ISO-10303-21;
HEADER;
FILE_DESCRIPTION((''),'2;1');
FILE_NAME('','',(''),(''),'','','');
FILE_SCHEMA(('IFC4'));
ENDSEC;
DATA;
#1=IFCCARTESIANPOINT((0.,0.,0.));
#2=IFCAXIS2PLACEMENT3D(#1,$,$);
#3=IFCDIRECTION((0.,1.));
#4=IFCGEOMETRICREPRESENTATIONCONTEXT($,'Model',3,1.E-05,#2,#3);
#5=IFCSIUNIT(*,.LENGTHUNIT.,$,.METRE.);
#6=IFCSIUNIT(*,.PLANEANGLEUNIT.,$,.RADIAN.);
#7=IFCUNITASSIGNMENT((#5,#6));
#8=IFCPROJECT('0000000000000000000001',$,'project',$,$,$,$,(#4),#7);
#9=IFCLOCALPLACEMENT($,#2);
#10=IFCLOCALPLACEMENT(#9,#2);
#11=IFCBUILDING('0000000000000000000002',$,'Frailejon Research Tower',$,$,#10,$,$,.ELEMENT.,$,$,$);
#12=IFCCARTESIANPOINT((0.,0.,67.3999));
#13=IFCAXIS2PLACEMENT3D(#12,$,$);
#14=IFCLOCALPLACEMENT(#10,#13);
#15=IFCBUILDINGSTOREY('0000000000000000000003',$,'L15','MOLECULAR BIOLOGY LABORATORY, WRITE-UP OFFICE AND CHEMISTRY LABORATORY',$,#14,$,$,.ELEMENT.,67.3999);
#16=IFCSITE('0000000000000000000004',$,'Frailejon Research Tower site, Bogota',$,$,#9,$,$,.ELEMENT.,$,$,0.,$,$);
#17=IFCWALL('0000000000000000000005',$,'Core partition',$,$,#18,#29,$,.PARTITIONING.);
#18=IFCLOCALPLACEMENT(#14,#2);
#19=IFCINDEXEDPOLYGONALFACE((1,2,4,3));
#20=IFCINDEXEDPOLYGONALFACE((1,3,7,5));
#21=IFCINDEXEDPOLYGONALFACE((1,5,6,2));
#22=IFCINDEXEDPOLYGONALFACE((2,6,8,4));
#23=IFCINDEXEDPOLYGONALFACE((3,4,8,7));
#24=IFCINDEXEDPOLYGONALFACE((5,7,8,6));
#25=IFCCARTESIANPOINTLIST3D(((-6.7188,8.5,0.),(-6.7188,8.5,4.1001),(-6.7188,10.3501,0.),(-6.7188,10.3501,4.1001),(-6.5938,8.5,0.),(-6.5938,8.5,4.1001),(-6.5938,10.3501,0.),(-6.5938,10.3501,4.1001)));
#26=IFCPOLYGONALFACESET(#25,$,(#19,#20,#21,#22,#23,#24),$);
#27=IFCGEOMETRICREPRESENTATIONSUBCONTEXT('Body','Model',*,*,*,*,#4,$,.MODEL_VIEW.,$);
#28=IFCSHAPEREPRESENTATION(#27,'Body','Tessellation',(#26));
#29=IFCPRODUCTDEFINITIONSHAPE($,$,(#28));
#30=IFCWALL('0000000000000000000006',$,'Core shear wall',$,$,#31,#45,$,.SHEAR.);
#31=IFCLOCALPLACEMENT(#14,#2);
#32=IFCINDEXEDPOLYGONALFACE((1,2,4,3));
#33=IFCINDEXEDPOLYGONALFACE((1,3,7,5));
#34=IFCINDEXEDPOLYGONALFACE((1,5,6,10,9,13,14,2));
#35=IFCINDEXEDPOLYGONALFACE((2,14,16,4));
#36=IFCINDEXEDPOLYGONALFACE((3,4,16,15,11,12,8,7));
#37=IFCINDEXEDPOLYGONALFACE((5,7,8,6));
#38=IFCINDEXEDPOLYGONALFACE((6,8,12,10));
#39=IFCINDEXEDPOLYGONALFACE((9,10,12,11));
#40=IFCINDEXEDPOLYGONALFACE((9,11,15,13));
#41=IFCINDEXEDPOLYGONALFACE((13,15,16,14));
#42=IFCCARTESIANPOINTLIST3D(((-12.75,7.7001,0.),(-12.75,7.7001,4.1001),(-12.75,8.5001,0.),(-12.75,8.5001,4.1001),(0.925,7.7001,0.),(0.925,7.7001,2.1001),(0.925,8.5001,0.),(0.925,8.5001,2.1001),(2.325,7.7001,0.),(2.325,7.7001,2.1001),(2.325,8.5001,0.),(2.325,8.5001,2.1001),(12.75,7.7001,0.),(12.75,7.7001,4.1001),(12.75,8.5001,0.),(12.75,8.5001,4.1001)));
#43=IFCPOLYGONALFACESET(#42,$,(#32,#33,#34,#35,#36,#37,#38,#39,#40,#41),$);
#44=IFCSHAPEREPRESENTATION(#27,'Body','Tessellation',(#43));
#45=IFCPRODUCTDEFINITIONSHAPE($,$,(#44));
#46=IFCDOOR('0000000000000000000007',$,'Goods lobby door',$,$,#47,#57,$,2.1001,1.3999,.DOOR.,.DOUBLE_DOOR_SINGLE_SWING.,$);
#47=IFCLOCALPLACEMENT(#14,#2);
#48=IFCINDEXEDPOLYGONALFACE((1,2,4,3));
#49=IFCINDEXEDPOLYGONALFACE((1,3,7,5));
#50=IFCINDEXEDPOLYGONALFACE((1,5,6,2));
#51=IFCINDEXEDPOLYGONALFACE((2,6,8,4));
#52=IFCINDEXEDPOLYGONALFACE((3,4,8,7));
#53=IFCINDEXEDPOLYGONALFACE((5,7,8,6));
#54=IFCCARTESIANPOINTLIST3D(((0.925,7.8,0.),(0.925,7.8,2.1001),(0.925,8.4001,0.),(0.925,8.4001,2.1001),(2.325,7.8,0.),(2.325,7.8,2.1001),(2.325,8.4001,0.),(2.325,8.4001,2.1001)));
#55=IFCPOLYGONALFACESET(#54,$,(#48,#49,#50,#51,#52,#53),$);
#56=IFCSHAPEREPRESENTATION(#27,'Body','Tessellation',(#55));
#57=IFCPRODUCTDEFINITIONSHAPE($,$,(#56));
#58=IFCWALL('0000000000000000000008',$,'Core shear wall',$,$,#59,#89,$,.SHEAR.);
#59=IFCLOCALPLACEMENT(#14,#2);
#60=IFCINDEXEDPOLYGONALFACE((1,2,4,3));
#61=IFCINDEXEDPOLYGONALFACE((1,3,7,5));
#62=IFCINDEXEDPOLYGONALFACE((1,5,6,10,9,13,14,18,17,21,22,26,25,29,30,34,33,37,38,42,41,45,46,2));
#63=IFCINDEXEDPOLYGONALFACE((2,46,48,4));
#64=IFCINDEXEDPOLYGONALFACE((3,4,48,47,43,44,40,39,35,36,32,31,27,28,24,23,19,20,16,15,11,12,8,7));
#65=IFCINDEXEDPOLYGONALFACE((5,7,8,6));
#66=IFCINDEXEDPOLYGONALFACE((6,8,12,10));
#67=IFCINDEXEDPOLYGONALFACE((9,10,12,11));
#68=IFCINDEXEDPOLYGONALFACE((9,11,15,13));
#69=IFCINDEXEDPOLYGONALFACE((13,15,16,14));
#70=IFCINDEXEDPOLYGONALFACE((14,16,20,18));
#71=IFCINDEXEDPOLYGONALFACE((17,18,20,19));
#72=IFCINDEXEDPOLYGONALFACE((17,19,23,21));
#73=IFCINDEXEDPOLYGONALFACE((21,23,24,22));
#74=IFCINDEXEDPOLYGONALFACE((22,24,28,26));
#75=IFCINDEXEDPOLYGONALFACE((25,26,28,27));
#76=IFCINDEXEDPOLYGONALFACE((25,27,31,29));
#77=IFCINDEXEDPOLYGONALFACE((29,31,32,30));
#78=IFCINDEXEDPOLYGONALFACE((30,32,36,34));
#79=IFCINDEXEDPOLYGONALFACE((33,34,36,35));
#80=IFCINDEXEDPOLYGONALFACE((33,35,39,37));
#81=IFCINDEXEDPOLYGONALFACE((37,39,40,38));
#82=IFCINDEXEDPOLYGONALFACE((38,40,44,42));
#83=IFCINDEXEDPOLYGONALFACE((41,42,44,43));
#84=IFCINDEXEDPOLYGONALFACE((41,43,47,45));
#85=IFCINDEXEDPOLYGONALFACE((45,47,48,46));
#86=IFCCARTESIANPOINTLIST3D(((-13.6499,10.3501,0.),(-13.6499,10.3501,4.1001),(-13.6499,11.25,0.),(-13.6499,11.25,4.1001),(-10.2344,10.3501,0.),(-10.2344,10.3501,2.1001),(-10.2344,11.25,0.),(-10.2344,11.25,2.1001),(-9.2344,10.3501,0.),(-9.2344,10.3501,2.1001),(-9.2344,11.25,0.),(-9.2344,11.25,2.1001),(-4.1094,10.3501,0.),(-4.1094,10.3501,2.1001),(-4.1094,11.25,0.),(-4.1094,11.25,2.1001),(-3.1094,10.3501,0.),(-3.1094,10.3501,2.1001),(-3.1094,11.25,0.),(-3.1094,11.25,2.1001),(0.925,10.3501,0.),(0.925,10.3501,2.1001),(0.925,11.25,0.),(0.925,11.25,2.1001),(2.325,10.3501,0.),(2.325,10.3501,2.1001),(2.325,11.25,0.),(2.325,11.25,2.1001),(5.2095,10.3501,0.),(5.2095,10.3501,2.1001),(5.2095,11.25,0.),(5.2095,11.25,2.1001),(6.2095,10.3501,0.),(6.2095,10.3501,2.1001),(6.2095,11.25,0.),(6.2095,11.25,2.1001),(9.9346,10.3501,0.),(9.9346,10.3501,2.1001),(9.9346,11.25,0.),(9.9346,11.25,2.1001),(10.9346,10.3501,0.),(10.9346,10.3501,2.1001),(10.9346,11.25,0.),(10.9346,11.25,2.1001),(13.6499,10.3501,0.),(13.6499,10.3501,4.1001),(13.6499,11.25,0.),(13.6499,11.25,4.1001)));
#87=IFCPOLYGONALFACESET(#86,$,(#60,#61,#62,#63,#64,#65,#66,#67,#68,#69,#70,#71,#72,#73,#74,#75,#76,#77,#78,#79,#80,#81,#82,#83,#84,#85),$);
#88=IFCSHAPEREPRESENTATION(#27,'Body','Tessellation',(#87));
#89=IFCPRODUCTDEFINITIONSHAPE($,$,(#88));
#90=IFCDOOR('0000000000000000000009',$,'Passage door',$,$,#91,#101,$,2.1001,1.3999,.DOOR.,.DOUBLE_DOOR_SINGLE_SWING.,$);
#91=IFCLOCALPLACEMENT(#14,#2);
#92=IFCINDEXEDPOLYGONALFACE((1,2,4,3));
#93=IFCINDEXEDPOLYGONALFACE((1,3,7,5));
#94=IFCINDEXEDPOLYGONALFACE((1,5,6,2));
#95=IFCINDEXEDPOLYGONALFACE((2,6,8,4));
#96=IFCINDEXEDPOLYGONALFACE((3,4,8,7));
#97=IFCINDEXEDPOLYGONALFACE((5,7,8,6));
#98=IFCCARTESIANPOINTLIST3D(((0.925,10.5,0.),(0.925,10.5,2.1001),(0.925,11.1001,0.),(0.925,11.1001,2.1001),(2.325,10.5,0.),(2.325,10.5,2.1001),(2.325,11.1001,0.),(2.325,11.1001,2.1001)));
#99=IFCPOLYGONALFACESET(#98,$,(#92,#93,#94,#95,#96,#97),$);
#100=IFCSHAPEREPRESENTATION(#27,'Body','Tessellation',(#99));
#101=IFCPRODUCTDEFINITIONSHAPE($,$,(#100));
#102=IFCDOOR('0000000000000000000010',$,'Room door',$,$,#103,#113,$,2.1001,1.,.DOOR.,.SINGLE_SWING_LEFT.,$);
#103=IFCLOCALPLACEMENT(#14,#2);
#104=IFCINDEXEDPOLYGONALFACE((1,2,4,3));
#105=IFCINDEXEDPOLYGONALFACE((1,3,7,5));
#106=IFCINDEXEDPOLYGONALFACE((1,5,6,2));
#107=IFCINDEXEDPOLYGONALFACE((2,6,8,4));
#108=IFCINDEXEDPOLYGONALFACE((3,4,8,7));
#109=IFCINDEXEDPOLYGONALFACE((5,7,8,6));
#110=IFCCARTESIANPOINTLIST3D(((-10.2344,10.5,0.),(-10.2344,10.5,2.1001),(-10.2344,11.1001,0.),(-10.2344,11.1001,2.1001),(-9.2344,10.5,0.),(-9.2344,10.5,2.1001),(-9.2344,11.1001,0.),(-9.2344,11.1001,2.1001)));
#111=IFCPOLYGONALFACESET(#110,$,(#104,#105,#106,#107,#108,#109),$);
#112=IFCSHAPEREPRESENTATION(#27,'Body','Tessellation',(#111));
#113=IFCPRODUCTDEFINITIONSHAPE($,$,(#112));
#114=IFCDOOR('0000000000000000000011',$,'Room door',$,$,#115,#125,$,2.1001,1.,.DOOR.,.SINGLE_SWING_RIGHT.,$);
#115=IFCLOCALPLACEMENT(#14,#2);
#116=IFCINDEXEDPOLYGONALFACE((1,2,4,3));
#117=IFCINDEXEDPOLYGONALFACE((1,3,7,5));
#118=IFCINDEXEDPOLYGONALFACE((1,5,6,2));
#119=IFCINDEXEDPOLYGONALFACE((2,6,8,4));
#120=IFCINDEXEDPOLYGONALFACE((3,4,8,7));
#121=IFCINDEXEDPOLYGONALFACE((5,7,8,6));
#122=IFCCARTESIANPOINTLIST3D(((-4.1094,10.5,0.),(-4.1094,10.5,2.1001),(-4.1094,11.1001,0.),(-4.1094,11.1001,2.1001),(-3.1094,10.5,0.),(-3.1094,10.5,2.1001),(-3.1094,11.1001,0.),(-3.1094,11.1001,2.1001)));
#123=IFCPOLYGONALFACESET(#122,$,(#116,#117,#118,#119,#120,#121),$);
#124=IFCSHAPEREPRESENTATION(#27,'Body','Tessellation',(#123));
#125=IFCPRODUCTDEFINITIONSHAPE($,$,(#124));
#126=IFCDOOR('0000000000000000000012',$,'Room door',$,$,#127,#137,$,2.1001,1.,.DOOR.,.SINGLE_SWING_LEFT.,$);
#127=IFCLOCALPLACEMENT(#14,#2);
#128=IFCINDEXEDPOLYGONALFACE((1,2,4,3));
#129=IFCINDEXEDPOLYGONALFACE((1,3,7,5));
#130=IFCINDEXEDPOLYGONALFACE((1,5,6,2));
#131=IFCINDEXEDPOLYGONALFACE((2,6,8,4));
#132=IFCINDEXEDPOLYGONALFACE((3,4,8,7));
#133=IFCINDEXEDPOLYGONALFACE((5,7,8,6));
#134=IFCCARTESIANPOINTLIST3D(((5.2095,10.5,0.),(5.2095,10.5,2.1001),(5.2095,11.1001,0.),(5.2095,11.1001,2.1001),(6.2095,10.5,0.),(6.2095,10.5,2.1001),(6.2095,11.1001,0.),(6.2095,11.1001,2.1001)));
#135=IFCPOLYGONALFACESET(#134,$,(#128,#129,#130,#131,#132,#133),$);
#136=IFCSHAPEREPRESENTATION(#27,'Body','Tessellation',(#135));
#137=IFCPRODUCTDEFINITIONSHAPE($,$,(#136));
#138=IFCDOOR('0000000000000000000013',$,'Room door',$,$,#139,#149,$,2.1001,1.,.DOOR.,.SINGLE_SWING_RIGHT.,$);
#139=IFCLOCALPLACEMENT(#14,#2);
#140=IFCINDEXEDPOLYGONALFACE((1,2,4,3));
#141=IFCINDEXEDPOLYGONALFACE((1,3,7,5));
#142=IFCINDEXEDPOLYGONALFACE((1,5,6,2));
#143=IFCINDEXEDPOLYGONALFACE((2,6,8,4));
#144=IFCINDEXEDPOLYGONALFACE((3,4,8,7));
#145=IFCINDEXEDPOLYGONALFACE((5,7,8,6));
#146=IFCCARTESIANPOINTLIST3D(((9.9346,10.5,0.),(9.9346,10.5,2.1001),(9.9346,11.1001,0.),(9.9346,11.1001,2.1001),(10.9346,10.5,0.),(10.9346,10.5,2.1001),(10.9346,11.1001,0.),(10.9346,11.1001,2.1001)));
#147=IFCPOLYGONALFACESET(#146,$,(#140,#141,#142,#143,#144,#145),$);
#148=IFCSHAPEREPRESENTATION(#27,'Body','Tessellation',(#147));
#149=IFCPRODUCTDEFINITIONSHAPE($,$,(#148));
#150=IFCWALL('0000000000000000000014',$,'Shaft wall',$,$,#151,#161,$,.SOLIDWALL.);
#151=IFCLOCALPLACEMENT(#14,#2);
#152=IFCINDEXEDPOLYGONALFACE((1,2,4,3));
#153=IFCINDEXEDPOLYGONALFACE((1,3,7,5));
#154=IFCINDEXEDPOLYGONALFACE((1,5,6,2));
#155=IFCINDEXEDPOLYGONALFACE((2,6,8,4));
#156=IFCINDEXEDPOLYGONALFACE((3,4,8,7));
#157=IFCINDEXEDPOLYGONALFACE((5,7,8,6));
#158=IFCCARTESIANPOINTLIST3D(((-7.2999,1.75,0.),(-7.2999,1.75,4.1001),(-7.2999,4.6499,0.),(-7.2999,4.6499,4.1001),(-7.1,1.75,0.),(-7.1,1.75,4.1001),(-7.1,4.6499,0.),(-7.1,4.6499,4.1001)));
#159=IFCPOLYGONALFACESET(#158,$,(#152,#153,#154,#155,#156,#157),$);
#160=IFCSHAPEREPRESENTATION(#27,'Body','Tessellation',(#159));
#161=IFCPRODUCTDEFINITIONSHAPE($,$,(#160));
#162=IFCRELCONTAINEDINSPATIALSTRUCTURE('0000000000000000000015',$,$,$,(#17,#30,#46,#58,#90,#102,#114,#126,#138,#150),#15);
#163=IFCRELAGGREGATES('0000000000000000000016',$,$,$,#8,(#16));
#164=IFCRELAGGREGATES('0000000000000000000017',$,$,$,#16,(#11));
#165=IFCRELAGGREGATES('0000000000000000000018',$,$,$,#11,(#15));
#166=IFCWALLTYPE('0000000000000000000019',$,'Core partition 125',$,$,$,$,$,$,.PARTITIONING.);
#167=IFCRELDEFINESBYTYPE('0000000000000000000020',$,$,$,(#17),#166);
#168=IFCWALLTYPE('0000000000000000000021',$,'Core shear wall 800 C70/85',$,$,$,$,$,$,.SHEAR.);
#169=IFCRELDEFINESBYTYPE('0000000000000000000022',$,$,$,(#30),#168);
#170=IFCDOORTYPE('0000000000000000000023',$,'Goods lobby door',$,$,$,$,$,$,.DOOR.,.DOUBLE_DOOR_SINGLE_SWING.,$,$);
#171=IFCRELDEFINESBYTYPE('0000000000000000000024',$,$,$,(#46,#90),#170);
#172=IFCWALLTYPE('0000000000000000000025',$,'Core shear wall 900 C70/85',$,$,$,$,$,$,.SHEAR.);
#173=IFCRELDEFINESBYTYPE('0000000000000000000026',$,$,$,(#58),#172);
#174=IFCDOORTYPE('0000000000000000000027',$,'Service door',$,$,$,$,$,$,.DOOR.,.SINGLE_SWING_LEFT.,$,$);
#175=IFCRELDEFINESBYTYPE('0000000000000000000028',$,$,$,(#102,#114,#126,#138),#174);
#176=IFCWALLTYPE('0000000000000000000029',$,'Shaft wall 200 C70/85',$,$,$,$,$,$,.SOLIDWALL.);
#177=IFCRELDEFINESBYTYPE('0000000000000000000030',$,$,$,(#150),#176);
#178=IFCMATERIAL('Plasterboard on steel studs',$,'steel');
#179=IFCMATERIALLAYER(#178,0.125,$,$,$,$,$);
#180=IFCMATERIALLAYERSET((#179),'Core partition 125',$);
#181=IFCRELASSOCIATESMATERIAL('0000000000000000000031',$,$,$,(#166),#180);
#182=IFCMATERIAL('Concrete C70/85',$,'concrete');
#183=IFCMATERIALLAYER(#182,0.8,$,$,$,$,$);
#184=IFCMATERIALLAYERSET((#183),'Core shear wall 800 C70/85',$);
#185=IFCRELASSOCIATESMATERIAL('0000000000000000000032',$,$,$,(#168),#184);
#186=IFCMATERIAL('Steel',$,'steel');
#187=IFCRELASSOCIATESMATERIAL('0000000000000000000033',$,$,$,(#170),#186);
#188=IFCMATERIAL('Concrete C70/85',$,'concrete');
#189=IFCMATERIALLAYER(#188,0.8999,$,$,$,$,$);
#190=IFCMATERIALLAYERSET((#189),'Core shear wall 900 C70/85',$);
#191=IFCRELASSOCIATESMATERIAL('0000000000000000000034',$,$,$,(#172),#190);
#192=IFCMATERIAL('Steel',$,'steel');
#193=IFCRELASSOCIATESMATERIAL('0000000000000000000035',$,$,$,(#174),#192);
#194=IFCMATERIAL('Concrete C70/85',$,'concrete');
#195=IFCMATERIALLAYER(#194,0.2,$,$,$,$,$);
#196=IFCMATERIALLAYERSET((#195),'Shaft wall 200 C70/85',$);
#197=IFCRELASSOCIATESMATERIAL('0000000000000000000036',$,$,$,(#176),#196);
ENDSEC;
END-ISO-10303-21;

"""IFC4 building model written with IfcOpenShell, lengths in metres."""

from ifc_helpers import new_model, si_unit, direction, frame, frame_2d, origin, place, context, subcontext, project, spatial, rectangle, extrude, material, layer, layer_set, type_object, element, fill, save


model = new_model("IFC4")

# Units and contexts
model_context = context("Model", 3, precision=1e-05, world=origin(), true_north=direction((0.0, 1.0)))
body_context = subcontext(model_context, "Body", "Model", "MODEL_VIEW")
ifc_project = project(units=[si_unit("LENGTHUNIT", "METRE"), si_unit("PLANEANGLEUNIT", "RADIAN")], contexts=[model_context])

# Site, building, storey
site_placement = place(None, origin())
site = spatial("IfcSite", under=ifc_project, at=site_placement, Name="Frailejon Research Tower site, Bogota", CompositionType="ELEMENT", RefElevation=0.0)
building_placement = place(site_placement, origin())
building = spatial("IfcBuilding", under=site, at=building_placement, Name="Frailejon Research Tower", CompositionType="ELEMENT")
storey_placement = place(building_placement, frame((0.0, 0.0, 67.3999)))
storey = spatial("IfcBuildingStorey", under=building, at=storey_placement, Name="L15", Description="MOLECULAR BIOLOGY LABORATORY, WRITE-UP OFFICE AND CHEMISTRY LABORATORY", CompositionType="ELEMENT", Elevation=67.3999)

# Wall
ifc_material_1 = material(Name="Plasterboard on steel studs", Category="steel")
ifc_layer_1 = layer(ifc_material_1, 0.125)
ifc_layer_set_1 = layer_set([ifc_layer_1], Name="Core partition 125")
wall_type_1 = type_object("IfcWallType", Name="Core partition 125", PredefinedType="PARTITIONING", material=ifc_layer_set_1)
wall_1_placement = place(storey_placement, frame((-6.6562, 8.5, 0.0), z_axis=(0.0, 0.0, 1.0), x_axis=(0.0, 1.0, 0.0)))
element("IfcWall", 1, at=wall_1_placement, inside=storey, type_object=wall_type_1, Name="Core partition", PredefinedType="PARTITIONING", context=body_context, shape_type="SweptSolid", body=[
    extrude(rectangle(XDim=1.8501, YDim=0.125, at=frame_2d((0.925, 0.0))), origin(), (0.0, 0.0, 1.0), 4.1001),
])

# Wall, opening, door
ifc_material_2 = material(Name="Concrete C70/85", Category="concrete")
ifc_layer_2 = layer(ifc_material_2, 0.8)
ifc_layer_set_2 = layer_set([ifc_layer_2], Name="Core shear wall 800 C70/85")
wall_type_2 = type_object("IfcWallType", Name="Core shear wall 800 C70/85", PredefinedType="SHEAR", material=ifc_layer_set_2)
wall_2_placement = place(storey_placement, frame((-12.75, 8.1001, 0.0), z_axis=(0.0, 0.0, 1.0), x_axis=(1.0, 0.0, 0.0)))
wall_2 = element("IfcWall", 2, at=wall_2_placement, inside=storey, type_object=wall_type_2, Name="Core shear wall", PredefinedType="SHEAR", context=body_context, shape_type="SweptSolid", body=[
    extrude(rectangle(XDim=25.5, YDim=0.8, at=frame_2d((12.75, 0.0))), origin(), (0.0, 0.0, 1.0), 4.1001),
])
opening_1_placement = place(wall_2_placement, frame((13.675, 0.0, 0.0)))
opening_1 = element("IfcOpeningElement", 3, at=opening_1_placement, cuts=wall_2, PredefinedType="OPENING", context=body_context, shape_type="SweptSolid", body=[
    extrude(rectangle(XDim=1.3999, YDim=2.1001, at=frame_2d((0.7, 1.05))), frame((0.0, 0.4099, 0.0), z_axis=(0.0, -1.0, 0.0), x_axis=(1.0, 0.0, 0.0)), (0.0, 0.0, 1.0), 0.8201),
])
ifc_material_3 = material(Name="Steel", Category="steel")
door_type_1 = type_object("IfcDoorType", Name="Goods lobby door", OperationType="DOUBLE_DOOR_SINGLE_SWING", PredefinedType="DOOR", material=ifc_material_3)
door_1_placement = place(opening_1_placement, origin())
door_1 = element("IfcDoor", 4, at=door_1_placement, inside=storey, type_object=door_type_1, Name="Goods lobby door", OperationType="DOUBLE_DOOR_SINGLE_SWING", OverallHeight=2.1001, OverallWidth=1.3999, PredefinedType="DOOR", context=body_context, shape_type="SweptSolid", body=[
    extrude(rectangle(XDim=1.3999, YDim=2.1001, at=frame_2d((0.7, 1.05))), frame((0.0, 0.3, 0.0), z_axis=(0.0, -1.0, 0.0), x_axis=(1.0, 0.0, 0.0)), (0.0, 0.0, 1.0), 0.6001),
])
fill(opening_1, door_1)

# Wall, openings, doors
ifc_material_4 = material(Name="Concrete C70/85", Category="concrete")
ifc_layer_3 = layer(ifc_material_4, 0.8999)
ifc_layer_set_3 = layer_set([ifc_layer_3], Name="Core shear wall 900 C70/85")
wall_type_3 = type_object("IfcWallType", Name="Core shear wall 900 C70/85", PredefinedType="SHEAR", material=ifc_layer_set_3)
wall_3_placement = place(storey_placement, frame((-13.6499, 10.8, 0.0), z_axis=(0.0, 0.0, 1.0), x_axis=(1.0, 0.0, 0.0)))
wall_3 = element("IfcWall", 5, at=wall_3_placement, inside=storey, type_object=wall_type_3, Name="Core shear wall", PredefinedType="SHEAR", context=body_context, shape_type="SweptSolid", body=[
    extrude(rectangle(XDim=27.2998, YDim=0.8999, at=frame_2d((13.6499, 0.0))), origin(), (0.0, 0.0, 1.0), 4.1001),
])
opening_2_placement = place(wall_3_placement, frame((3.4155, 0.0, 0.0)))
opening_2 = element("IfcOpeningElement", 6, at=opening_2_placement, cuts=wall_3, PredefinedType="OPENING", context=body_context, shape_type="SweptSolid", body=[
    extrude(rectangle(XDim=1.0, YDim=2.1001, at=frame_2d((0.5, 1.05))), frame((0.0, 0.46, 0.0), z_axis=(0.0, -1.0, 0.0), x_axis=(1.0, 0.0, 0.0)), (0.0, 0.0, 1.0), 0.9199),
])
opening_3_placement = place(wall_3_placement, frame((9.5405, 0.0, 0.0)))
opening_3 = element("IfcOpeningElement", 7, at=opening_3_placement, cuts=wall_3, PredefinedType="OPENING", context=body_context, shape_type="SweptSolid", body=[
    extrude(rectangle(XDim=1.0, YDim=2.1001, at=frame_2d((0.5, 1.05))), frame((0.0, 0.46, 0.0), z_axis=(0.0, -1.0, 0.0), x_axis=(1.0, 0.0, 0.0)), (0.0, 0.0, 1.0), 0.9199),
])
opening_4_placement = place(wall_3_placement, frame((18.8594, 0.0, 0.0)))
opening_4 = element("IfcOpeningElement", 8, at=opening_4_placement, cuts=wall_3, PredefinedType="OPENING", context=body_context, shape_type="SweptSolid", body=[
    extrude(rectangle(XDim=1.0, YDim=2.1001, at=frame_2d((0.5, 1.05))), frame((0.0, 0.46, 0.0), z_axis=(0.0, -1.0, 0.0), x_axis=(1.0, 0.0, 0.0)), (0.0, 0.0, 1.0), 0.9199),
])
opening_5_placement = place(wall_3_placement, frame((23.5845, 0.0, 0.0)))
opening_5 = element("IfcOpeningElement", 9, at=opening_5_placement, cuts=wall_3, PredefinedType="OPENING", context=body_context, shape_type="SweptSolid", body=[
    extrude(rectangle(XDim=1.0, YDim=2.1001, at=frame_2d((0.5, 1.05))), frame((0.0, 0.46, 0.0), z_axis=(0.0, -1.0, 0.0), x_axis=(1.0, 0.0, 0.0)), (0.0, 0.0, 1.0), 0.9199),
])
opening_6_placement = place(wall_3_placement, frame((14.575, 0.0, 0.0)))
opening_6 = element("IfcOpeningElement", 10, at=opening_6_placement, cuts=wall_3, PredefinedType="OPENING", context=body_context, shape_type="SweptSolid", body=[
    extrude(rectangle(XDim=1.3999, YDim=2.1001, at=frame_2d((0.7, 1.05))), frame((0.0, 0.46, 0.0), z_axis=(0.0, -1.0, 0.0), x_axis=(1.0, 0.0, 0.0)), (0.0, 0.0, 1.0), 0.9199),
])
door_2_placement = place(opening_6_placement, origin())
door_2 = element("IfcDoor", 11, at=door_2_placement, inside=storey, type_object=door_type_1, Name="Passage door", OperationType="DOUBLE_DOOR_SINGLE_SWING", OverallHeight=2.1001, OverallWidth=1.3999, PredefinedType="DOOR", context=body_context, shape_type="SweptSolid", body=[
    extrude(rectangle(XDim=1.3999, YDim=2.1001, at=frame_2d((0.7, 1.05))), frame((0.0, 0.3, 0.0), z_axis=(0.0, -1.0, 0.0), x_axis=(1.0, 0.0, 0.0)), (0.0, 0.0, 1.0), 0.6001),
])
fill(opening_6, door_2)
ifc_material_5 = material(Name="Steel", Category="steel")
door_type_2 = type_object("IfcDoorType", Name="Service door", OperationType="SINGLE_SWING_LEFT", PredefinedType="DOOR", material=ifc_material_5)
door_3_placement = place(opening_2_placement, origin())
door_3 = element("IfcDoor", 12, at=door_3_placement, inside=storey, type_object=door_type_2, Name="Room door", OperationType="SINGLE_SWING_LEFT", OverallHeight=2.1001, OverallWidth=1.0, PredefinedType="DOOR", context=body_context, shape_type="SweptSolid", body=[
    extrude(rectangle(XDim=1.0, YDim=2.1001, at=frame_2d((0.5, 1.05))), frame((0.0, 0.3, 0.0), z_axis=(0.0, -1.0, 0.0), x_axis=(1.0, 0.0, 0.0)), (0.0, 0.0, 1.0), 0.6001),
])
fill(opening_2, door_3)
door_4_placement = place(opening_3_placement, origin())
door_4 = element("IfcDoor", 13, at=door_4_placement, inside=storey, type_object=door_type_2, Name="Room door", OperationType="SINGLE_SWING_RIGHT", OverallHeight=2.1001, OverallWidth=1.0, PredefinedType="DOOR", context=body_context, shape_type="SweptSolid", body=[
    extrude(rectangle(XDim=1.0, YDim=2.1001, at=frame_2d((0.5, 1.05))), frame((0.0, 0.3, 0.0), z_axis=(0.0, -1.0, 0.0), x_axis=(1.0, 0.0, 0.0)), (0.0, 0.0, 1.0), 0.6001),
])
fill(opening_3, door_4)
door_5_placement = place(opening_4_placement, origin())
door_5 = element("IfcDoor", 14, at=door_5_placement, inside=storey, type_object=door_type_2, Name="Room door", OperationType="SINGLE_SWING_LEFT", OverallHeight=2.1001, OverallWidth=1.0, PredefinedType="DOOR", context=body_context, shape_type="SweptSolid", body=[
    extrude(rectangle(XDim=1.0, YDim=2.1001, at=frame_2d((0.5, 1.05))), frame((0.0, 0.3, 0.0), z_axis=(0.0, -1.0, 0.0), x_axis=(1.0, 0.0, 0.0)), (0.0, 0.0, 1.0), 0.6001),
])
fill(opening_4, door_5)
door_6_placement = place(opening_5_placement, origin())
door_6 = element("IfcDoor", 15, at=door_6_placement, inside=storey, type_object=door_type_2, Name="Room door", OperationType="SINGLE_SWING_RIGHT", OverallHeight=2.1001, OverallWidth=1.0, PredefinedType="DOOR", context=body_context, shape_type="SweptSolid", body=[
    extrude(rectangle(XDim=1.0, YDim=2.1001, at=frame_2d((0.5, 1.05))), frame((0.0, 0.3, 0.0), z_axis=(0.0, -1.0, 0.0), x_axis=(1.0, 0.0, 0.0)), (0.0, 0.0, 1.0), 0.6001),
])
fill(opening_5, door_6)

# Wall
ifc_material_6 = material(Name="Concrete C70/85", Category="concrete")
ifc_layer_4 = layer(ifc_material_6, 0.2)
ifc_layer_set_4 = layer_set([ifc_layer_4], Name="Shaft wall 200 C70/85")
wall_type_4 = type_object("IfcWallType", Name="Shaft wall 200 C70/85", PredefinedType="SOLIDWALL", material=ifc_layer_set_4)
for number, where, z_axis, x_axis, name in (
    (16, (-7.2, 1.75, 0.0), (0.0, 0.0, 1.0), (0.0, 1.0, 0.0), "Shaft wall"),
):
    element("IfcWall", number, at=place(storey_placement, frame(where, z_axis=z_axis, x_axis=x_axis)), inside=storey, type_object=wall_type_4, Name=name, PredefinedType="SOLIDWALL", context=body_context, shape_type="SweptSolid", body=[
        extrude(rectangle(XDim=2.8999, YDim=0.2, at=frame_2d((1.45, 0.0))), origin(), (0.0, 0.0, 1.0), 4.1001),
    ])

save(model, "model.ifc")
